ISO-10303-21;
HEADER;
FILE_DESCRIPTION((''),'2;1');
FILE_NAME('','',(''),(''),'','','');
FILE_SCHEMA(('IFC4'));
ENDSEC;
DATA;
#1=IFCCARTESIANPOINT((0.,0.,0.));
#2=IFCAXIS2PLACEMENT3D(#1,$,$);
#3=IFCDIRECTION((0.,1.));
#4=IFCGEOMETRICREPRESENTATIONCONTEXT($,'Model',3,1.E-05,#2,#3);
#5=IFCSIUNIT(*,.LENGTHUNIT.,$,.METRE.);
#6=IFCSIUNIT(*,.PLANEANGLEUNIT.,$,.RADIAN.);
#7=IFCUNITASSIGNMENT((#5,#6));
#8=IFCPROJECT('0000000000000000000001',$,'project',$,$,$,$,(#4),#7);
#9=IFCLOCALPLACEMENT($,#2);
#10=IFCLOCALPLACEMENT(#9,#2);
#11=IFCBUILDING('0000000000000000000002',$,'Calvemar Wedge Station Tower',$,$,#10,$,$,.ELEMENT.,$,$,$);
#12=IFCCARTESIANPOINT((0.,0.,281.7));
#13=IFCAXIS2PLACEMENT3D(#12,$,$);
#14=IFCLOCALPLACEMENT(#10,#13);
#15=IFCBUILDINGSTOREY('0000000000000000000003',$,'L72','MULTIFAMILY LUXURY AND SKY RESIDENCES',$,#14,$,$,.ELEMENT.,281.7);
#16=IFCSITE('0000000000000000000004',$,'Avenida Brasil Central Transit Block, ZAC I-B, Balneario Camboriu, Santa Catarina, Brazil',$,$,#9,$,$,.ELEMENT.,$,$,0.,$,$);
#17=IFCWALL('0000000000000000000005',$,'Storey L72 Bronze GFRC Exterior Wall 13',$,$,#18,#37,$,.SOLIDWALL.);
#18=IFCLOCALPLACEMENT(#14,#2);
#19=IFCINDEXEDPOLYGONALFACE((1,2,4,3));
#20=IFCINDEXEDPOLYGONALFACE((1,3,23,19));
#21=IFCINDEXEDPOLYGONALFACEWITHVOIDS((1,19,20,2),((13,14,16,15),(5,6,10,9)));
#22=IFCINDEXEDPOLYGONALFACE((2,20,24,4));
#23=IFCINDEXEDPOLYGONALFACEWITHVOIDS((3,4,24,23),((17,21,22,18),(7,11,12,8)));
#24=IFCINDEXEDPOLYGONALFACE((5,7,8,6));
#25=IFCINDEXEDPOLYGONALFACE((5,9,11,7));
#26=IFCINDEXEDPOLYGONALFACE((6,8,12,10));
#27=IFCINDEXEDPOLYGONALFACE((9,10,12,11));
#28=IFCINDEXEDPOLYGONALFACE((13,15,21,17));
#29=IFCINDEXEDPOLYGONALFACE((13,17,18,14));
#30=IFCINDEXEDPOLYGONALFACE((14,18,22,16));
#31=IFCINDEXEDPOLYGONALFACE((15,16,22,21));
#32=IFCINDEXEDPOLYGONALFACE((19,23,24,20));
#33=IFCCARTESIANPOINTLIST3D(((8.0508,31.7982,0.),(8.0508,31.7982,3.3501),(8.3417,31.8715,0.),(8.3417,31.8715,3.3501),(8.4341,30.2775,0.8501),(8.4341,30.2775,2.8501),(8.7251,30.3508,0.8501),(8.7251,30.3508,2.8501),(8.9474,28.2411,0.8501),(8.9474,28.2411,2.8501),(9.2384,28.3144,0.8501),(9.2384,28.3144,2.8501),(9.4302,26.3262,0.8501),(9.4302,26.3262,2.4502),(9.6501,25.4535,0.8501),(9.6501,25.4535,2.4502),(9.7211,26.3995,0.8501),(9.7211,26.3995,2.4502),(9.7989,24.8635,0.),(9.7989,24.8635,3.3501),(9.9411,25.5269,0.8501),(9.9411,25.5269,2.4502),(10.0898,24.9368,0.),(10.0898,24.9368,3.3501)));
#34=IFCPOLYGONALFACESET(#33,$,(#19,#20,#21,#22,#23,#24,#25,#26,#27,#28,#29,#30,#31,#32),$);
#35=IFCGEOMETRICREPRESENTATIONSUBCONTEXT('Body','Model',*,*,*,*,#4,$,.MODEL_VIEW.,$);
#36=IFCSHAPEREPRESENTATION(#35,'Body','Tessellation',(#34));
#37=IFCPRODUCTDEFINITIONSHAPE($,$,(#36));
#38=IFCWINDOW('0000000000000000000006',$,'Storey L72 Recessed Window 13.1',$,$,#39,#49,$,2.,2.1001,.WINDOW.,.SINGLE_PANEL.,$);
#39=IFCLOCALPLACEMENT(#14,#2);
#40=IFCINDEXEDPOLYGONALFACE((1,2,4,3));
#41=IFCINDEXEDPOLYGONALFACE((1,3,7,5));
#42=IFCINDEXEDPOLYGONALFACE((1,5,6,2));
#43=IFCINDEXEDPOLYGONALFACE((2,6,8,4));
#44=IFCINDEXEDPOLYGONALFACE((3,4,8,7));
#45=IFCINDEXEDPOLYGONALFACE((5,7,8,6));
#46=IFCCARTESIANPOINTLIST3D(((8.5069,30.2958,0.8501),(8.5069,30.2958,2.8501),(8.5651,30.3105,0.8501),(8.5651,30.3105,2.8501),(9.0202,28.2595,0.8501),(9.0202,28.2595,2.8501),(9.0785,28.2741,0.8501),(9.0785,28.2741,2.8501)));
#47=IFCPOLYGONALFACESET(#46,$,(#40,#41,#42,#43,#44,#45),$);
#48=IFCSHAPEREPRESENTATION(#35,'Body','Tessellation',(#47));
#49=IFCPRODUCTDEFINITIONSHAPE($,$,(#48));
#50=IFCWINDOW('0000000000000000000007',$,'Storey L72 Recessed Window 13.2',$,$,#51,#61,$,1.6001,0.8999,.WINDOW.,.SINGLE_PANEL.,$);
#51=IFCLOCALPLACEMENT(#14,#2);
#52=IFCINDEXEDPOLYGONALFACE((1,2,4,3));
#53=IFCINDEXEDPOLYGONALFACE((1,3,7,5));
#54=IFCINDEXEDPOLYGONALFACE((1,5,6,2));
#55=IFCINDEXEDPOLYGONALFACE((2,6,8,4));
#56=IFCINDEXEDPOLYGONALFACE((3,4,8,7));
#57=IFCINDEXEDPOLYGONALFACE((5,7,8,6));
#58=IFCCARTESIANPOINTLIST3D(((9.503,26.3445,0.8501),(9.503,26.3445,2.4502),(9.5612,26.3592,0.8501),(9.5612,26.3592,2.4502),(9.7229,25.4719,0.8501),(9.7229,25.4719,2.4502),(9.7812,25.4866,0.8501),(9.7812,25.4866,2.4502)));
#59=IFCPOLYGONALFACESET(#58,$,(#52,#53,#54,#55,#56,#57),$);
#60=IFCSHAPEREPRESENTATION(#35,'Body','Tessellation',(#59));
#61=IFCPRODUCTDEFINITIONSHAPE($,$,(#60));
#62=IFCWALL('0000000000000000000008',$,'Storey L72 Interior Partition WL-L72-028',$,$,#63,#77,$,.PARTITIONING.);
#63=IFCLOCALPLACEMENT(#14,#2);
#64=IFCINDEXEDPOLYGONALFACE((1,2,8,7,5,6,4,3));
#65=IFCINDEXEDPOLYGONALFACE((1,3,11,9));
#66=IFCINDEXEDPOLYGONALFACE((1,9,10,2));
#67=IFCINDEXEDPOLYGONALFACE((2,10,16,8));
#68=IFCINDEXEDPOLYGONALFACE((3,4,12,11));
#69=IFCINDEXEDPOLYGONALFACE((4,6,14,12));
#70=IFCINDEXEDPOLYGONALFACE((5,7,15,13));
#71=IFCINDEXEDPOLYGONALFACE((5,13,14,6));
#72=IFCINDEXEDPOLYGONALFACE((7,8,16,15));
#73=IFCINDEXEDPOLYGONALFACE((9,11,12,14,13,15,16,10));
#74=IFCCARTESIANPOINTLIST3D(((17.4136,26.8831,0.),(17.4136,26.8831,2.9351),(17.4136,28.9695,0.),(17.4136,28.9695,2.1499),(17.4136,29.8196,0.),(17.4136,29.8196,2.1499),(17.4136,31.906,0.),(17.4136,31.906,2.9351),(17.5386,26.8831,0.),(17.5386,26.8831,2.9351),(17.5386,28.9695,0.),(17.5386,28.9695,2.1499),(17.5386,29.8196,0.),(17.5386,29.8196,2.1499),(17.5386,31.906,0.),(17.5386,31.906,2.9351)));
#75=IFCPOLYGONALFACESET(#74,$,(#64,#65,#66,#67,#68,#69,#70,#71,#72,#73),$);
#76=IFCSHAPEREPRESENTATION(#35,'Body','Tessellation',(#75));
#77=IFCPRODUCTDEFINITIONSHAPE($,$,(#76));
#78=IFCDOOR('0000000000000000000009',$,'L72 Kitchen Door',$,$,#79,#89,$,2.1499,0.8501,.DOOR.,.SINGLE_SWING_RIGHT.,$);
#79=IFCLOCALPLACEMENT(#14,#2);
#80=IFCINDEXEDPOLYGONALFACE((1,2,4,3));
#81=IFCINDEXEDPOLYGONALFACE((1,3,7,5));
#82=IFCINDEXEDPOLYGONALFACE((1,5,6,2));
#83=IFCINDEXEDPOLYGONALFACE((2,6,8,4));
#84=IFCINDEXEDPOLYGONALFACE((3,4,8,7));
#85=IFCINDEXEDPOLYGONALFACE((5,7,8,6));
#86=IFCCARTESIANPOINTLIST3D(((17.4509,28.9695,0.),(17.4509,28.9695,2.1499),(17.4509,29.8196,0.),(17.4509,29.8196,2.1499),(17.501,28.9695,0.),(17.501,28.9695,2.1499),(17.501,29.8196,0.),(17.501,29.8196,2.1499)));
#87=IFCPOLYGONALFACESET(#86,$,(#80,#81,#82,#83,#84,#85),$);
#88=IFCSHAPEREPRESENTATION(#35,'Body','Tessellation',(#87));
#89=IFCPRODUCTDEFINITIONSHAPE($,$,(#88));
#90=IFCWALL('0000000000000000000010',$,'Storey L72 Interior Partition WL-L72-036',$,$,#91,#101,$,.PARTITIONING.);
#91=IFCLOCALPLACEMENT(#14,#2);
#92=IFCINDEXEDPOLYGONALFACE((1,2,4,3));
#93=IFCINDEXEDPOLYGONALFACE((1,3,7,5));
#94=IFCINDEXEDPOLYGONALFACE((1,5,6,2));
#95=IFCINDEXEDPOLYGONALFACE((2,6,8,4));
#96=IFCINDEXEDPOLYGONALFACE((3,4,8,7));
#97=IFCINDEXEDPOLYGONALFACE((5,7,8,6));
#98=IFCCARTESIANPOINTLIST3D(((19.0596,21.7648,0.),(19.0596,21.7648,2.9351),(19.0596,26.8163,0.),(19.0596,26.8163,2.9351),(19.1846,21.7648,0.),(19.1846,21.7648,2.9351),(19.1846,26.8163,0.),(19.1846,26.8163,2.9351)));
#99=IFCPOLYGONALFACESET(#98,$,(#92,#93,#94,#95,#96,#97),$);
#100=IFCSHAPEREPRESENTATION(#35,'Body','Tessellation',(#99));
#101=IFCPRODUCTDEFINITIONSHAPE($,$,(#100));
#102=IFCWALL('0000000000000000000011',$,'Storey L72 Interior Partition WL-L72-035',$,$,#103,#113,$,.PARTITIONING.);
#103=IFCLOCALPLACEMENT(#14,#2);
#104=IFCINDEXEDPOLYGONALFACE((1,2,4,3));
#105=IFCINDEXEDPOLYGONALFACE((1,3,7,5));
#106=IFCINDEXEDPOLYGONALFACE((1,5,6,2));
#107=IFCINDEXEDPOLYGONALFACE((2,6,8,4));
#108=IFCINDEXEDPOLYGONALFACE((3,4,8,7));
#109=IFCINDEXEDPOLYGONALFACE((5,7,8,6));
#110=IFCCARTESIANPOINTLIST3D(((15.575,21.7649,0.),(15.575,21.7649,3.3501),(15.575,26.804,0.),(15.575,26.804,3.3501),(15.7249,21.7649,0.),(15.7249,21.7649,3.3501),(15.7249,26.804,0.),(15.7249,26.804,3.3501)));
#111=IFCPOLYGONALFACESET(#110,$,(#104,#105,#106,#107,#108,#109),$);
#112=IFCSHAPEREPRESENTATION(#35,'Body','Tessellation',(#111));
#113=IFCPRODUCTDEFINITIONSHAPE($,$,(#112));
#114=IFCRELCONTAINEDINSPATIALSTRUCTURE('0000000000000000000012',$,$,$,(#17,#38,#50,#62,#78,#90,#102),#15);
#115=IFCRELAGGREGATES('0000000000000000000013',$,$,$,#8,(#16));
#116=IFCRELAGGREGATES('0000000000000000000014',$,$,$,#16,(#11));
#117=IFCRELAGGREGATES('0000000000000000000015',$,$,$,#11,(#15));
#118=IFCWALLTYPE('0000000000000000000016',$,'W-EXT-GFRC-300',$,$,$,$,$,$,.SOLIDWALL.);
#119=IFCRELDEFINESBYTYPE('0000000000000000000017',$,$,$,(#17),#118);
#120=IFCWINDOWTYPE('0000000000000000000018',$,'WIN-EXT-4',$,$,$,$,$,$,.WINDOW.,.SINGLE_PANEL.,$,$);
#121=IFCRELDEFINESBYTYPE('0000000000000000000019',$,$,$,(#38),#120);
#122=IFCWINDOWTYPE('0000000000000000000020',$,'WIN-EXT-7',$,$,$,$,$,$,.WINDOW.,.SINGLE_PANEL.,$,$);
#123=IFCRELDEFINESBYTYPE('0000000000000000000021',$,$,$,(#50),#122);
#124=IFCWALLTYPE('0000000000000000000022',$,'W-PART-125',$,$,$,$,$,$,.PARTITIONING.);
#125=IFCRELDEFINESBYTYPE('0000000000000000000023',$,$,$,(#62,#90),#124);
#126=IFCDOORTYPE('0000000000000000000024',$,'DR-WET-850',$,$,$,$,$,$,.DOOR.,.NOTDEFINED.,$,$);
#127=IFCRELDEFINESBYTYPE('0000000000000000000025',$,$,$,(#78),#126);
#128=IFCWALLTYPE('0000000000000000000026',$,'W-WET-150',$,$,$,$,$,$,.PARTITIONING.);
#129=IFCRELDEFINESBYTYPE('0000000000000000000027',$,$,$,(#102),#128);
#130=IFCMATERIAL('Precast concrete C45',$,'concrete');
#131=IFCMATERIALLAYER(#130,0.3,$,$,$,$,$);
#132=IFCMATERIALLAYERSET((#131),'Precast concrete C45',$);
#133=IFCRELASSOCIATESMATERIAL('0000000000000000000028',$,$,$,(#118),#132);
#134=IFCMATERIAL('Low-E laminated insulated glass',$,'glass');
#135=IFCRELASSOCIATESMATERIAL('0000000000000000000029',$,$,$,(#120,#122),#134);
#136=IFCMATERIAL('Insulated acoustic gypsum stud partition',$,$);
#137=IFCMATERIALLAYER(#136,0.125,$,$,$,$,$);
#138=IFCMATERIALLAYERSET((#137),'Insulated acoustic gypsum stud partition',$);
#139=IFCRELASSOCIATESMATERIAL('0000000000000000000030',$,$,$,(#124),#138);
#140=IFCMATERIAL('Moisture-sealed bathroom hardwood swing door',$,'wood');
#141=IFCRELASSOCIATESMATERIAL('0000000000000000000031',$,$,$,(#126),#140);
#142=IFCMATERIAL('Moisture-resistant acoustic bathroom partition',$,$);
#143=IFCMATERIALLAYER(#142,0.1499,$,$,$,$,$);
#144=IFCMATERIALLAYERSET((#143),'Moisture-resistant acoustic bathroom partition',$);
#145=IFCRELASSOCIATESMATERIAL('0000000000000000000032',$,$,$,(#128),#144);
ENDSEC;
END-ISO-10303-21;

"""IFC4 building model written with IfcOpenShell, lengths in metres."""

from ifc_helpers import new_model, si_unit, direction, frame, frame_2d, origin, place, context, subcontext, project, spatial, rectangle, extrude, source, transform, mapped, material, layer, layer_set, type_object, element, fill, save


model = new_model("IFC4")

# Units and contexts
model_context = context("Model", 3, precision=1e-05, world=origin(), true_north=direction((0.0, 1.0)))
body_context = subcontext(model_context, "Body", "Model", "MODEL_VIEW")
ifc_project = project(units=[si_unit("LENGTHUNIT", "METRE"), si_unit("PLANEANGLEUNIT", "RADIAN")], contexts=[model_context])

# Site, building, storey
site_placement = place(None, origin())
site = spatial("IfcSite", under=ifc_project, at=site_placement, Name="Avenida Brasil Central Transit Block, ZAC I-B, Balneario Camboriu, Santa Catarina, Brazil", CompositionType="ELEMENT", RefElevation=0.0)
building_placement = place(site_placement, origin())
building = spatial("IfcBuilding", under=site, at=building_placement, Name="Calvemar Wedge Station Tower", CompositionType="ELEMENT")
storey_placement = place(building_placement, frame((0.0, 0.0, 281.7)))
storey = spatial("IfcBuildingStorey", under=building, at=storey_placement, Name="L72", Description="MULTIFAMILY LUXURY AND SKY RESIDENCES", CompositionType="ELEMENT", Elevation=281.7)

# Shared definitions
ifc_material_1 = material(Name="Precast concrete C45", Category="concrete")

# Wall, openings, windows
ifc_layer_1 = layer(ifc_material_1, 0.3)
ifc_layer_set_1 = layer_set([ifc_layer_1], Name="Precast concrete C45")
wall_type_1 = type_object("IfcWallType", Name="W-EXT-GFRC-300", PredefinedType="SOLIDWALL", material=ifc_layer_set_1)
wall_1_placement = place(storey_placement, frame((8.1963, 31.8347, 0.0), z_axis=(0.0, 0.0, 1.0), x_axis=(0.244431, -0.969667, 0.0)))
wall_1 = element("IfcWall", 1, at=wall_1_placement, inside=storey, type_object=wall_type_1, Name="Storey L72 Bronze GFRC Exterior Wall 13", PredefinedType="SOLIDWALL", context=body_context, shape_type="SweptSolid", body=[
    extrude(rectangle(XDim=7.1516, YDim=0.3, at=frame_2d((3.5757, 0.0))), origin(), (0.0, 0.0, 1.0), 3.3501),
])
shared_shape_1 = source(origin(), body_context, "Body", "SweptSolid", [
    extrude(rectangle(XDim=2.1001, YDim=2.0, at=frame_2d((1.05, 1.0))), frame((0.0, 0.1602, 0.0), z_axis=(0.0, -1.0, 0.0), x_axis=(1.0, 0.0, 0.0)), (0.0, 0.0, 1.0), 0.3201),
])
opening_1_placement = place(wall_1_placement, frame((1.5681, 0.0, 0.8501)))
opening_1 = element("IfcOpeningElement", 2, at=opening_1_placement, cuts=wall_1, PredefinedType="OPENING", context=body_context, shape_type="MappedRepresentation", body=[
    mapped(shared_shape_1, transform((0.0, 0.0, 0.0), scale=1.0)),
])
shared_shape_2 = source(origin(), body_context, "Body", "SweptSolid", [
    extrude(rectangle(XDim=0.8999, YDim=1.6001, at=frame_2d((0.45, 0.8))), frame((0.0, 0.1602, 0.0), z_axis=(0.0, -1.0, 0.0), x_axis=(1.0, 0.0, 0.0)), (0.0, 0.0, 1.0), 0.3201),
])
opening_2_placement = place(wall_1_placement, frame((5.6431, 0.0, 0.8501)))
opening_2 = element("IfcOpeningElement", 3, at=opening_2_placement, cuts=wall_1, PredefinedType="OPENING", context=body_context, shape_type="MappedRepresentation", body=[
    mapped(shared_shape_2, transform((0.0, 0.0, 0.0), scale=1.0)),
])
ifc_material_2 = material(Name="Low-E laminated insulated glass", Category="glass")
window_type_1 = type_object("IfcWindowType", Name="WIN-EXT-4", PartitioningType="SINGLE_PANEL", PredefinedType="WINDOW", material=ifc_material_2)
shared_shape_3 = source(origin(), body_context, "Body", "SweptSolid", [
    extrude(rectangle(XDim=2.1001, YDim=2.0, at=frame_2d((1.05, 1.0))), frame((0.0, -0.0149, 0.0), z_axis=(0.0, -1.0, 0.0), x_axis=(1.0, 0.0, 0.0)), (0.0, 0.0, 1.0), 0.0601),
])
window_1_placement = place(opening_1_placement, origin())
window_1 = element("IfcWindow", 4, at=window_1_placement, inside=storey, type_object=window_type_1, Name="Storey L72 Recessed Window 13.1", OverallHeight=2.0, OverallWidth=2.1001, PartitioningType="SINGLE_PANEL", PredefinedType="WINDOW", context=body_context, shape_type="MappedRepresentation", body=[
    mapped(shared_shape_3, transform((0.0, 0.0, 0.0), scale=1.0)),
])
fill(opening_1, window_1)
window_type_2 = type_object("IfcWindowType", Name="WIN-EXT-7", PartitioningType="SINGLE_PANEL", PredefinedType="WINDOW", material=ifc_material_2)
shared_shape_4 = source(origin(), body_context, "Body", "SweptSolid", [
    extrude(rectangle(XDim=0.8999, YDim=1.6001, at=frame_2d((0.45, 0.8))), frame((0.0, -0.0149, 0.0), z_axis=(0.0, -1.0, 0.0), x_axis=(1.0, 0.0, 0.0)), (0.0, 0.0, 1.0), 0.0601),
])
window_2_placement = place(opening_2_placement, origin())
window_2 = element("IfcWindow", 5, at=window_2_placement, inside=storey, type_object=window_type_2, Name="Storey L72 Recessed Window 13.2", OverallHeight=1.6001, OverallWidth=0.8999, PartitioningType="SINGLE_PANEL", PredefinedType="WINDOW", context=body_context, shape_type="MappedRepresentation", body=[
    mapped(shared_shape_4, transform((0.0, 0.0, 0.0), scale=1.0)),
])
fill(opening_2, window_2)

# Wall, opening, door
ifc_material_3 = material(Name="Insulated acoustic gypsum stud partition")
ifc_layer_2 = layer(ifc_material_3, 0.125)
ifc_layer_set_2 = layer_set([ifc_layer_2], Name="Insulated acoustic gypsum stud partition")
wall_type_2 = type_object("IfcWallType", Name="W-PART-125", PredefinedType="PARTITIONING", material=ifc_layer_set_2)
wall_2_placement = place(storey_placement, frame((17.4761, 31.906, 0.0), z_axis=(0.0, 0.0, 1.0), x_axis=(0.0, -1.0, 0.0)))
wall_2 = element("IfcWall", 6, at=wall_2_placement, inside=storey, type_object=wall_type_2, Name="Storey L72 Interior Partition WL-L72-028", PredefinedType="PARTITIONING", context=body_context, shape_type="SweptSolid", body=[
    extrude(rectangle(XDim=5.0229, YDim=0.125, at=frame_2d((2.5115, 0.0))), origin(), (0.0, 0.0, 1.0), 2.9351),
])
shared_shape_5 = source(origin(), body_context, "Body", "SweptSolid", [
    extrude(rectangle(XDim=0.8501, YDim=2.1499, at=frame_2d((0.425, 1.075))), frame((0.0, 0.0725, 0.0), z_axis=(0.0, -1.0, 0.0), x_axis=(1.0, 0.0, 0.0)), (0.0, 0.0, 1.0), 0.145),
])
opening_3_placement = place(wall_2_placement, frame((2.0864, 0.0, 0.0)))
opening_3 = element("IfcOpeningElement", 7, at=opening_3_placement, cuts=wall_2, PredefinedType="OPENING", context=body_context, shape_type="MappedRepresentation", body=[
    mapped(shared_shape_5, transform((0.0, 0.0, 0.0), scale=1.0)),
])
ifc_material_4 = material(Name="Moisture-sealed bathroom hardwood swing door", Category="wood")
door_type_1 = type_object("IfcDoorType", Name="DR-WET-850", OperationType="NOTDEFINED", PredefinedType="DOOR", material=ifc_material_4)
shared_shape_6 = source(origin(), body_context, "Body", "SweptSolid", [
    extrude(rectangle(XDim=0.8501, YDim=2.1499, at=frame_2d((0.425, 1.075))), frame((0.0, 0.0249, 0.0), z_axis=(0.0, -1.0, 0.0), x_axis=(1.0, 0.0, 0.0)), (0.0, 0.0, 1.0), 0.05),
])
door_1_placement = place(opening_3_placement, origin())
door_1 = element("IfcDoor", 8, at=door_1_placement, inside=storey, type_object=door_type_1, Name="L72 Kitchen Door", OperationType="SINGLE_SWING_RIGHT", OverallHeight=2.1499, OverallWidth=0.8501, PredefinedType="DOOR", context=body_context, shape_type="MappedRepresentation", body=[
    mapped(shared_shape_6, transform((0.0, 0.0, 0.0), scale=1.0)),
])
fill(opening_3, door_1)

# Wall
wall_3_placement = place(storey_placement, frame((19.1221, 26.8164, 0.0), z_axis=(0.0, 0.0, 1.0), x_axis=(0.0, -1.0, 0.0)))
element("IfcWall", 9, at=wall_3_placement, inside=storey, type_object=wall_type_2, Name="Storey L72 Interior Partition WL-L72-036", PredefinedType="PARTITIONING", context=body_context, shape_type="SweptSolid", body=[
    extrude(rectangle(XDim=5.0515, YDim=0.125, at=frame_2d((2.5259, 0.0))), origin(), (0.0, 0.0, 1.0), 2.9351),
])

# Shared definitions
ifc_material_5 = material(Name="Moisture-resistant acoustic bathroom partition")
ifc_layer_3 = layer(ifc_material_5, 0.1499)
ifc_layer_set_3 = layer_set([ifc_layer_3], Name="Moisture-resistant acoustic bathroom partition")
wall_type_3 = type_object("IfcWallType", Name="W-WET-150", PredefinedType="PARTITIONING", material=ifc_layer_set_3)

# Wall
wall_4_placement = place(storey_placement, frame((15.6499, 26.804, 0.0), z_axis=(0.0, 0.0, 1.0), x_axis=(0.0, -1.0, 0.0)))
element("IfcWall", 10, at=wall_4_placement, inside=storey, type_object=wall_type_3, Name="Storey L72 Interior Partition WL-L72-035", PredefinedType="PARTITIONING", context=body_context, shape_type="SweptSolid", body=[
    extrude(rectangle(XDim=5.0391, YDim=0.1499, at=frame_2d((2.5195, 0.0))), origin(), (0.0, 0.0, 1.0), 3.3501),
])

save(model, "model.ifc")
